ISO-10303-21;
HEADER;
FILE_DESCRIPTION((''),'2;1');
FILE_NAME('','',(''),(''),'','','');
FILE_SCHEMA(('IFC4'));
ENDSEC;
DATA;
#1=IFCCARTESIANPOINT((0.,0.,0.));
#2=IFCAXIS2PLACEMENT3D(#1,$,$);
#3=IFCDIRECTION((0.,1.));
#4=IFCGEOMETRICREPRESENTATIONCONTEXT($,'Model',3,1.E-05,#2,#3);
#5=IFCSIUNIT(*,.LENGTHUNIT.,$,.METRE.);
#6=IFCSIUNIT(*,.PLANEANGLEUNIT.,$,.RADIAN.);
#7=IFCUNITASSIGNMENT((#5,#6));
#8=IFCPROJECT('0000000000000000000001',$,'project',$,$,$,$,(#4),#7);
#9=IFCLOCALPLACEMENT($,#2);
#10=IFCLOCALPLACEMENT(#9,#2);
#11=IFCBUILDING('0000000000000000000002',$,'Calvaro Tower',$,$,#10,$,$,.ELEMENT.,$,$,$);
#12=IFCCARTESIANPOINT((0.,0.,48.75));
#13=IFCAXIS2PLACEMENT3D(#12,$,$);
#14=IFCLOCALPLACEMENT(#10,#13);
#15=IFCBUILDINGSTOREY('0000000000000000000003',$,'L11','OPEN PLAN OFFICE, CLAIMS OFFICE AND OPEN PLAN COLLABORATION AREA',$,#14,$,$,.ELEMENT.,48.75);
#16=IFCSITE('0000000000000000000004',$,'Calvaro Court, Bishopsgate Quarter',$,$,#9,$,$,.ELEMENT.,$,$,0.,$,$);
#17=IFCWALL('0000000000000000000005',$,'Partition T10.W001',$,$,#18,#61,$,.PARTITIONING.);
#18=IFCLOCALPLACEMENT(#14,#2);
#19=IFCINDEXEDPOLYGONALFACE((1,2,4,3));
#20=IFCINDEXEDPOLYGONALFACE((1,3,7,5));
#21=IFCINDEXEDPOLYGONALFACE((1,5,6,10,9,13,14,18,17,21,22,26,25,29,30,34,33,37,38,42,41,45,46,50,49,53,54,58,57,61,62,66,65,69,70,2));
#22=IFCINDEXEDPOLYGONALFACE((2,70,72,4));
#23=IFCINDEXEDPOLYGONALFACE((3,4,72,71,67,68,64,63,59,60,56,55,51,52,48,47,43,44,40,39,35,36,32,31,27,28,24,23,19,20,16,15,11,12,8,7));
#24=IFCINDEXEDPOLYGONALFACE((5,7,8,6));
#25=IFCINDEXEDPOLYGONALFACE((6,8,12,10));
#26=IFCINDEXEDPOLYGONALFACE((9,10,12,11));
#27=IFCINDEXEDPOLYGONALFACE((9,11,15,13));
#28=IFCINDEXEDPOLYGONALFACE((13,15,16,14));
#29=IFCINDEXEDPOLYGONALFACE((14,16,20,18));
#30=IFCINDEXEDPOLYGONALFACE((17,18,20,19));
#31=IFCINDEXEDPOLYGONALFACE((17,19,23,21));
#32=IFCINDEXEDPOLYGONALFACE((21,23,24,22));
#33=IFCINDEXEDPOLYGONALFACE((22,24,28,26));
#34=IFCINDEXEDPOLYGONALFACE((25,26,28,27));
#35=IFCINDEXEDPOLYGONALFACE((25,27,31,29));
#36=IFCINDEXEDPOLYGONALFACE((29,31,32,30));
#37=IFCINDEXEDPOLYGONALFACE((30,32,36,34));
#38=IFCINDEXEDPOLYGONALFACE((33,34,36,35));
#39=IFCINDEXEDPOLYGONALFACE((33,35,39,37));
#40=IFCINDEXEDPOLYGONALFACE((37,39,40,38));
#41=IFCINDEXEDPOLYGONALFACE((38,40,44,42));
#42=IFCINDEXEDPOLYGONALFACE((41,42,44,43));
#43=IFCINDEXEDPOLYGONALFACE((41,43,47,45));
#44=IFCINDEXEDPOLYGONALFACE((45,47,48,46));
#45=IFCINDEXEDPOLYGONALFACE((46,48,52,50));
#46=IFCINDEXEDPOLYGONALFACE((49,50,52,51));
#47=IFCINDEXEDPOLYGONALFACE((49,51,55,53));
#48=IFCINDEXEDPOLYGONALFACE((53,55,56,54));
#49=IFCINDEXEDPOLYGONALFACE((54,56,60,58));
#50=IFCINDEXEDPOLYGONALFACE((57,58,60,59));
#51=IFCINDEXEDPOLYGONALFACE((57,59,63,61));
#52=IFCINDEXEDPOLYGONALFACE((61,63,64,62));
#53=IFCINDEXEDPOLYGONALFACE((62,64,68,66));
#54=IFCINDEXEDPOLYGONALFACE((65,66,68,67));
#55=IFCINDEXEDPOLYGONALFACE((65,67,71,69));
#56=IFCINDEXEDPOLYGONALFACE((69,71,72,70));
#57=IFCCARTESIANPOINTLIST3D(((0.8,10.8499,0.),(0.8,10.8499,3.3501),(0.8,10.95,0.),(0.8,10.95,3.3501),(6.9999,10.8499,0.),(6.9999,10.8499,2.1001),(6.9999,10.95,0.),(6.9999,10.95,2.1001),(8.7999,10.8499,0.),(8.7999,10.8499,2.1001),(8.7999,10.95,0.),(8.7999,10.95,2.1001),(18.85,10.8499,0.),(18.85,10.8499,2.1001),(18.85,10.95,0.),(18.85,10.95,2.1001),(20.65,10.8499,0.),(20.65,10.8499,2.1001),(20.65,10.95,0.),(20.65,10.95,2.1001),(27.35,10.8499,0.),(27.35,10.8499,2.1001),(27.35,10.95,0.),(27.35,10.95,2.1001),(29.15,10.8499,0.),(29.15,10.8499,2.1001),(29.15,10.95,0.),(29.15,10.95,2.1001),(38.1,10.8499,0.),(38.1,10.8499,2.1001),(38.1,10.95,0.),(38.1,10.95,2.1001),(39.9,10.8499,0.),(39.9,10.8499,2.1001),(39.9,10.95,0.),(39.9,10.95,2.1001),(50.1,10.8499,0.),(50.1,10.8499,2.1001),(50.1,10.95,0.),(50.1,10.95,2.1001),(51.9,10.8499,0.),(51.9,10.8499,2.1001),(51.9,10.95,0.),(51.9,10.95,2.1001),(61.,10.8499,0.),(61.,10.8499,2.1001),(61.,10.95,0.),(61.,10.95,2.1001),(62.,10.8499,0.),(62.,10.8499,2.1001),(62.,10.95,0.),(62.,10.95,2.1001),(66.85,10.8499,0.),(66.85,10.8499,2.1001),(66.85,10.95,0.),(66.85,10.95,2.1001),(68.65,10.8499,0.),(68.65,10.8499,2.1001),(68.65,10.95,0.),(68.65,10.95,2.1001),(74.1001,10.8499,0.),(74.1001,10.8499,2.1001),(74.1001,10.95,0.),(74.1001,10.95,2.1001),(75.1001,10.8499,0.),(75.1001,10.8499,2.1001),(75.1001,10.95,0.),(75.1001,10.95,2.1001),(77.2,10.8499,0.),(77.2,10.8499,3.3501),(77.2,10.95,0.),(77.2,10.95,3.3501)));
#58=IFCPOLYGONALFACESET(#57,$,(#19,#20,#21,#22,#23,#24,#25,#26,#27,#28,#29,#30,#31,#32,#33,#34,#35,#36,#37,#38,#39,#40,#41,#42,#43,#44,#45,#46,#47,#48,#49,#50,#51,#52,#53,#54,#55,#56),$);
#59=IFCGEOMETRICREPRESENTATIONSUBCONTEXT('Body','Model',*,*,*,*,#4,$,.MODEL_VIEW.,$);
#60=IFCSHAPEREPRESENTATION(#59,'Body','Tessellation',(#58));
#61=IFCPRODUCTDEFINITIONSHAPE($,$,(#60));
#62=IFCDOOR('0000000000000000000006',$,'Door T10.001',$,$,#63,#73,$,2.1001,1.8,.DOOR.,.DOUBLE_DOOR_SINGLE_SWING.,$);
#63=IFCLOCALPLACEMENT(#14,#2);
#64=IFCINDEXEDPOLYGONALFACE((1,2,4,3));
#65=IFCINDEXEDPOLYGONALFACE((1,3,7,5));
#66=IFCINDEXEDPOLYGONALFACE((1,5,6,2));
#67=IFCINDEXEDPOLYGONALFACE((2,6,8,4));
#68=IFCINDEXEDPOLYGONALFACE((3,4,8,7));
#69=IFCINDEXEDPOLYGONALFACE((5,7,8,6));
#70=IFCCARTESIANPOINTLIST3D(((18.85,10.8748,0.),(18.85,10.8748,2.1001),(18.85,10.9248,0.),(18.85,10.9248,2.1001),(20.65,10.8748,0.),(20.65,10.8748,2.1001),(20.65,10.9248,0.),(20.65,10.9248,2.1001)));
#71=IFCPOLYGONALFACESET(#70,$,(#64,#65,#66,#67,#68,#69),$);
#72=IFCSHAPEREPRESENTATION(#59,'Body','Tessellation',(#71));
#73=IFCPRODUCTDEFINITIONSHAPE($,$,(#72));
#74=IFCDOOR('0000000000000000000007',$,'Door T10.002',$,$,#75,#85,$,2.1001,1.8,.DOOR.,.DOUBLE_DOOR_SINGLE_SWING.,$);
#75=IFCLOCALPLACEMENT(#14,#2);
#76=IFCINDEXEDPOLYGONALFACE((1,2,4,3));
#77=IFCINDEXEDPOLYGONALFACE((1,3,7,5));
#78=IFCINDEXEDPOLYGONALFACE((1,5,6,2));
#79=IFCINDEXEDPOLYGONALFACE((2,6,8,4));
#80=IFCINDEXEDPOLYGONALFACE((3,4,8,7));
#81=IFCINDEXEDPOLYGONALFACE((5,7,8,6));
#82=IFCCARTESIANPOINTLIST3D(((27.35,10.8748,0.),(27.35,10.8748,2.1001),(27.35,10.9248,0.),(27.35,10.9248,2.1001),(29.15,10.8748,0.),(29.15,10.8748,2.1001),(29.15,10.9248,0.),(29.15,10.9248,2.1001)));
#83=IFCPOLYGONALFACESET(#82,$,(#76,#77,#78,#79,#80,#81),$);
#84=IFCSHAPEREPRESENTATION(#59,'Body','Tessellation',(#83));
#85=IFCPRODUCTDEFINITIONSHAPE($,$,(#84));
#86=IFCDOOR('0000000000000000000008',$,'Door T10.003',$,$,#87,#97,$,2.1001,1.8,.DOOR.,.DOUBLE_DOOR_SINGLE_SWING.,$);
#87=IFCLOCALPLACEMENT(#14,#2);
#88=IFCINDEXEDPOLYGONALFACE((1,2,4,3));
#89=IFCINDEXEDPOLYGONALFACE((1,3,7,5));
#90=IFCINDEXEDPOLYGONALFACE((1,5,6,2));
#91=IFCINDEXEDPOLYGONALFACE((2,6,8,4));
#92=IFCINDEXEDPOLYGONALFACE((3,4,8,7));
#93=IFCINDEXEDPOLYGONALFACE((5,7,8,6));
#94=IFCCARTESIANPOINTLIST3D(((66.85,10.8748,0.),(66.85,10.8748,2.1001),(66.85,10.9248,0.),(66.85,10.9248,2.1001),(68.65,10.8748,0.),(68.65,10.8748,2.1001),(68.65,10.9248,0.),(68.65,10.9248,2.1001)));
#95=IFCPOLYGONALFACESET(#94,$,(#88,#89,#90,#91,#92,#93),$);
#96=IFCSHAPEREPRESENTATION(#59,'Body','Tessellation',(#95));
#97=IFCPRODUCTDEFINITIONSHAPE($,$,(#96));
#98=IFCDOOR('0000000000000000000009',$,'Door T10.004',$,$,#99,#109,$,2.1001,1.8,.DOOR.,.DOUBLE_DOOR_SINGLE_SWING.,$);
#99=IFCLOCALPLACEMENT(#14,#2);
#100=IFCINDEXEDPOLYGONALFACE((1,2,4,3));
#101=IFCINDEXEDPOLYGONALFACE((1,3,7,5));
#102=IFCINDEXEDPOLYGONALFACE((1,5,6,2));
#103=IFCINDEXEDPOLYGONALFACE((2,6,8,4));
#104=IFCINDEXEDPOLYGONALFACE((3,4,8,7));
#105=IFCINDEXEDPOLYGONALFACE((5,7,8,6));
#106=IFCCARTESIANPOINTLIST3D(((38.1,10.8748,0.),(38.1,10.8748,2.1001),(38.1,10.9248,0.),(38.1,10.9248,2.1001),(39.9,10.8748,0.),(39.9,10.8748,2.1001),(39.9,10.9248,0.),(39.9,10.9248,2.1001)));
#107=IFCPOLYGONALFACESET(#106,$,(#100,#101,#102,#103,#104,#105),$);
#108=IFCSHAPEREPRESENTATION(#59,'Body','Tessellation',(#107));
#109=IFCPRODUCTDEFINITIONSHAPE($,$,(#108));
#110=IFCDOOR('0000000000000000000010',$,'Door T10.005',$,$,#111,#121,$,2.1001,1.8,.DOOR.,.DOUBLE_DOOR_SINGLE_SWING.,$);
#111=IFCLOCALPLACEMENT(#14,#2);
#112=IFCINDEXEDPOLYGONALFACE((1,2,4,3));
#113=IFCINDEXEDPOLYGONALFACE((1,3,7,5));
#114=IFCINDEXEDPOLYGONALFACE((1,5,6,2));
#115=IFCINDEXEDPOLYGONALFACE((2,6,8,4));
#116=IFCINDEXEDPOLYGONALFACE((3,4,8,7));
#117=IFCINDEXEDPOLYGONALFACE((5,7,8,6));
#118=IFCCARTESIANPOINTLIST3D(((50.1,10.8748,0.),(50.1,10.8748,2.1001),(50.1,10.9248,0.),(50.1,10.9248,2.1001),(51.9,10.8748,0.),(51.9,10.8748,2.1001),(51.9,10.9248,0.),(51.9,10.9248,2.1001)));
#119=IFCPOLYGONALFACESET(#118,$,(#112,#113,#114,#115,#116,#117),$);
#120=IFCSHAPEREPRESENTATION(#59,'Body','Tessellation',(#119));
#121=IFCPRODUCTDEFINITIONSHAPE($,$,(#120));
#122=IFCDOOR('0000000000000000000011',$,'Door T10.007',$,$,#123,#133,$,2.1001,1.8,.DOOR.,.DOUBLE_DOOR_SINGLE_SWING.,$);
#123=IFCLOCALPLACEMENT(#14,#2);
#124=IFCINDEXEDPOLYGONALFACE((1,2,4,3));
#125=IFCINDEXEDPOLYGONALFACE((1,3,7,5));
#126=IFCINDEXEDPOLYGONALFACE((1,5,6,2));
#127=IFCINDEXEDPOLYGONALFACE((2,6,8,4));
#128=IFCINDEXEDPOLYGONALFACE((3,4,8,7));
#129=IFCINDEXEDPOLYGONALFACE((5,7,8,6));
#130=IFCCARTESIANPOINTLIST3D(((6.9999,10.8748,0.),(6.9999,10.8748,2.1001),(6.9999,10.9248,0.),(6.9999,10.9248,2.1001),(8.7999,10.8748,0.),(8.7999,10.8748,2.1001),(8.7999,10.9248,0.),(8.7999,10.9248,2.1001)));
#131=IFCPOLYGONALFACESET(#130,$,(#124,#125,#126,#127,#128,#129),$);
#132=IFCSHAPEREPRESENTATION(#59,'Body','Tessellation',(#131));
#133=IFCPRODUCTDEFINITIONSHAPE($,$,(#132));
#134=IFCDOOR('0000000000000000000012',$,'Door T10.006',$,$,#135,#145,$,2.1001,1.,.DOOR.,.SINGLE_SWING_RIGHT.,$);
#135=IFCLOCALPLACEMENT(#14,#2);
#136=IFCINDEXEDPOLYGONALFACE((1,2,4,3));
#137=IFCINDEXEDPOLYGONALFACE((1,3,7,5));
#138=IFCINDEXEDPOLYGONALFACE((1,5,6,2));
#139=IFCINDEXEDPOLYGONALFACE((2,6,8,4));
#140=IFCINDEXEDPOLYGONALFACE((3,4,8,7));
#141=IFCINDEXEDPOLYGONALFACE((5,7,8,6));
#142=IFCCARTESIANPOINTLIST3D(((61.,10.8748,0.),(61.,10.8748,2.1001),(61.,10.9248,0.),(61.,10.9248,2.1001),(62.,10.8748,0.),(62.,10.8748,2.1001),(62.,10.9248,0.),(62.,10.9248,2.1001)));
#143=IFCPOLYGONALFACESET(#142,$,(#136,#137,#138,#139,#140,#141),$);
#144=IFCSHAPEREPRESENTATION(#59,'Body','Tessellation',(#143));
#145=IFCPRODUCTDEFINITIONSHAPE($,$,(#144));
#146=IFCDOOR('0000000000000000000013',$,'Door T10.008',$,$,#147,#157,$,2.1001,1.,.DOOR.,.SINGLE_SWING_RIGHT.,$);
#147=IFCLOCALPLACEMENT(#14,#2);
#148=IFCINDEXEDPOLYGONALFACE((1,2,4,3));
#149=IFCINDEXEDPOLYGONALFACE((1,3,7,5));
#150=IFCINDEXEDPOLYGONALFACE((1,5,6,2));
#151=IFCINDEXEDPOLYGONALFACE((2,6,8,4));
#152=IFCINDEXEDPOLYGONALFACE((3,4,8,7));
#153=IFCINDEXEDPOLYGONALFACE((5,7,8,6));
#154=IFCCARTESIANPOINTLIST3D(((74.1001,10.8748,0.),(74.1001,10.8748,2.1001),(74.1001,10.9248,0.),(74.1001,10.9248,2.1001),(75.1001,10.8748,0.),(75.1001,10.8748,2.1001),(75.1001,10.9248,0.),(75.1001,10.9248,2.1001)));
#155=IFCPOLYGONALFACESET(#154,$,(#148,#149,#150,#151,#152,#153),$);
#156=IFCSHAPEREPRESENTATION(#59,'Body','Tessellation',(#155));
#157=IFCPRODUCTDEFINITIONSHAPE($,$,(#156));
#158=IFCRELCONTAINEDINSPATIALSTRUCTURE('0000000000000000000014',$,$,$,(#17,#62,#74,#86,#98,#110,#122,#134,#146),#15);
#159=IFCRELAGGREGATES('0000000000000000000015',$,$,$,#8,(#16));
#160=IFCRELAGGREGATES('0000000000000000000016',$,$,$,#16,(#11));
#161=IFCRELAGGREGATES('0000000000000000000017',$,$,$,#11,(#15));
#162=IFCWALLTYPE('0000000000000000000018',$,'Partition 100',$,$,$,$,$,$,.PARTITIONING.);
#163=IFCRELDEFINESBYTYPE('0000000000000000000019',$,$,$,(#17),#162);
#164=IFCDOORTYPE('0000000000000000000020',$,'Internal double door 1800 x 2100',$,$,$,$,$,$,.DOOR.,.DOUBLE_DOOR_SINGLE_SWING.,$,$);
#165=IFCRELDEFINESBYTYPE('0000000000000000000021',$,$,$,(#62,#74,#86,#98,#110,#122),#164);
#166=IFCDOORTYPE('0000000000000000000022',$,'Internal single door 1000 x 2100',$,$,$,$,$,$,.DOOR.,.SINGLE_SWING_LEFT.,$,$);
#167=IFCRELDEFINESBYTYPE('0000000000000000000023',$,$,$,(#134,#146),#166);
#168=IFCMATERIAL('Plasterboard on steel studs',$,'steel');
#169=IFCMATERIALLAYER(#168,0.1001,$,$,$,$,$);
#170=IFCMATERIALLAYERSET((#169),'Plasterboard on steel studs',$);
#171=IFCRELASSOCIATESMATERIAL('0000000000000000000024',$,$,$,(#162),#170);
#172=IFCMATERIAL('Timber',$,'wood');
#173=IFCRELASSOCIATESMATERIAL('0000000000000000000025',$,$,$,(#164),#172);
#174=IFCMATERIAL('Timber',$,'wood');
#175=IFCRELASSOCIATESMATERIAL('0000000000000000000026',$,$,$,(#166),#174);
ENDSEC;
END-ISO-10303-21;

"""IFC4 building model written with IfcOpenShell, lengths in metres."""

from ifc_helpers import new_model, si_unit, direction, frame, frame_2d, origin, place, context, subcontext, project, spatial, rectangle, extrude, material, layer, layer_set, type_object, element, fill, save


model = new_model("IFC4")

# Units and contexts
model_context = context("Model", 3, precision=1e-05, world=origin(), true_north=direction((0.0, 1.0)))
body_context = subcontext(model_context, "Body", "Model", "MODEL_VIEW")
ifc_project = project(units=[si_unit("LENGTHUNIT", "METRE"), si_unit("PLANEANGLEUNIT", "RADIAN")], contexts=[model_context])

# Site, building, storey
site_placement = place(None, origin())
site = spatial("IfcSite", under=ifc_project, at=site_placement, Name="Calvaro Court, Bishopsgate Quarter", CompositionType="ELEMENT", RefElevation=0.0)
building_placement = place(site_placement, origin())
building = spatial("IfcBuilding", under=site, at=building_placement, Name="Calvaro Tower", CompositionType="ELEMENT")
storey_placement = place(building_placement, frame((0.0, 0.0, 48.75)))
storey = spatial("IfcBuildingStorey", under=building, at=storey_placement, Name="L11", Description="OPEN PLAN OFFICE, CLAIMS OFFICE AND OPEN PLAN COLLABORATION AREA", CompositionType="ELEMENT", Elevation=48.75)

# Wall, openings, doors
ifc_material_1 = material(Name="Plasterboard on steel studs", Category="steel")
ifc_layer = layer(ifc_material_1, 0.1001)
ifc_layer_set = layer_set([ifc_layer], Name="Plasterboard on steel studs")
wall_type = type_object("IfcWallType", Name="Partition 100", PredefinedType="PARTITIONING", material=ifc_layer_set)
wall_1_placement = place(storey_placement, frame((0.8, 10.8999, 0.0), z_axis=(0.0, 0.0, 1.0), x_axis=(1.0, 0.0, 0.0)))
wall_1 = element("IfcWall", 1, at=wall_1_placement, inside=storey, type_object=wall_type, Name="Partition T10.W001", PredefinedType="PARTITIONING", context=body_context, shape_type="SweptSolid", body=[
    extrude(rectangle(XDim=76.3999, YDim=0.1001, at=frame_2d((38.2, 0.0))), origin(), (0.0, 0.0, 1.0), 3.3501),
])
opening_1_placement = place(wall_1_placement, frame((18.05, 0.0, 0.0)))
opening_1 = element("IfcOpeningElement", 2, at=opening_1_placement, cuts=wall_1, PredefinedType="OPENING", context=body_context, shape_type="SweptSolid", body=[
    extrude(rectangle(XDim=1.8, YDim=2.1001, at=frame_2d((0.8999, 1.05))), frame((0.0, 0.0601, 0.0), z_axis=(0.0, -1.0, 0.0), x_axis=(1.0, 0.0, 0.0)), (0.0, 0.0, 1.0), 0.1201),
])
opening_2_placement = place(wall_1_placement, frame((26.55, 0.0, 0.0)))
opening_2 = element("IfcOpeningElement", 3, at=opening_2_placement, cuts=wall_1, PredefinedType="OPENING", context=body_context, shape_type="SweptSolid", body=[
    extrude(rectangle(XDim=1.8, YDim=2.1001, at=frame_2d((0.8999, 1.05))), frame((0.0, 0.0601, 0.0), z_axis=(0.0, -1.0, 0.0), x_axis=(1.0, 0.0, 0.0)), (0.0, 0.0, 1.0), 0.1201),
])
opening_3_placement = place(wall_1_placement, frame((66.05, 0.0, 0.0)))
opening_3 = element("IfcOpeningElement", 4, at=opening_3_placement, cuts=wall_1, PredefinedType="OPENING", context=body_context, shape_type="SweptSolid", body=[
    extrude(rectangle(XDim=1.8, YDim=2.1001, at=frame_2d((0.8999, 1.05))), frame((0.0, 0.0601, 0.0), z_axis=(0.0, -1.0, 0.0), x_axis=(1.0, 0.0, 0.0)), (0.0, 0.0, 1.0), 0.1201),
])
opening_4_placement = place(wall_1_placement, frame((37.3, 0.0, 0.0)))
opening_4 = element("IfcOpeningElement", 5, at=opening_4_placement, cuts=wall_1, PredefinedType="OPENING", context=body_context, shape_type="SweptSolid", body=[
    extrude(rectangle(XDim=1.8, YDim=2.1001, at=frame_2d((0.8999, 1.05))), frame((0.0, 0.0601, 0.0), z_axis=(0.0, -1.0, 0.0), x_axis=(1.0, 0.0, 0.0)), (0.0, 0.0, 1.0), 0.1201),
])
opening_5_placement = place(wall_1_placement, frame((49.3, 0.0, 0.0)))
opening_5 = element("IfcOpeningElement", 6, at=opening_5_placement, cuts=wall_1, PredefinedType="OPENING", context=body_context, shape_type="SweptSolid", body=[
    extrude(rectangle(XDim=1.8, YDim=2.1001, at=frame_2d((0.8999, 1.05))), frame((0.0, 0.0601, 0.0), z_axis=(0.0, -1.0, 0.0), x_axis=(1.0, 0.0, 0.0)), (0.0, 0.0, 1.0), 0.1201),
])
opening_6_placement = place(wall_1_placement, frame((60.2, 0.0, 0.0)))
opening_6 = element("IfcOpeningElement", 7, at=opening_6_placement, cuts=wall_1, PredefinedType="OPENING", context=body_context, shape_type="SweptSolid", body=[
    extrude(rectangle(XDim=1.0, YDim=2.1001, at=frame_2d((0.5, 1.05))), frame((0.0, 0.0601, 0.0), z_axis=(0.0, -1.0, 0.0), x_axis=(1.0, 0.0, 0.0)), (0.0, 0.0, 1.0), 0.1201),
])
opening_7_placement = place(wall_1_placement, frame((6.2, 0.0, 0.0)))
opening_7 = element("IfcOpeningElement", 8, at=opening_7_placement, cuts=wall_1, PredefinedType="OPENING", context=body_context, shape_type="SweptSolid", body=[
    extrude(rectangle(XDim=1.8, YDim=2.1001, at=frame_2d((0.8999, 1.05))), frame((0.0, 0.0601, 0.0), z_axis=(0.0, -1.0, 0.0), x_axis=(1.0, 0.0, 0.0)), (0.0, 0.0, 1.0), 0.1201),
])
opening_8_placement = place(wall_1_placement, frame((73.3, 0.0, 0.0)))
opening_8 = element("IfcOpeningElement", 9, at=opening_8_placement, cuts=wall_1, PredefinedType="OPENING", context=body_context, shape_type="SweptSolid", body=[
    extrude(rectangle(XDim=1.0, YDim=2.1001, at=frame_2d((0.5, 1.05))), frame((0.0, 0.0601, 0.0), z_axis=(0.0, -1.0, 0.0), x_axis=(1.0, 0.0, 0.0)), (0.0, 0.0, 1.0), 0.1201),
])
ifc_material_2 = material(Name="Timber", Category="wood")
door_type_1 = type_object("IfcDoorType", Name="Internal double door 1800 x 2100", OperationType="DOUBLE_DOOR_SINGLE_SWING", PredefinedType="DOOR", material=ifc_material_2)
door_1_placement = place(opening_1_placement, origin())
door_1 = element("IfcDoor", 10, at=door_1_placement, inside=storey, type_object=door_type_1, Name="Door T10.001", OperationType="DOUBLE_DOOR_SINGLE_SWING", OverallHeight=2.1001, OverallWidth=1.8, PredefinedType="DOOR", context=body_context, shape_type="SweptSolid", body=[
    extrude(rectangle(XDim=1.8, YDim=2.1001, at=frame_2d((0.8999, 1.05))), frame((0.0, 0.0249, 0.0), z_axis=(0.0, -1.0, 0.0), x_axis=(1.0, 0.0, 0.0)), (0.0, 0.0, 1.0), 0.05),
])
fill(opening_1, door_1)
door_2_placement = place(opening_2_placement, origin())
door_2 = element("IfcDoor", 11, at=door_2_placement, inside=storey, type_object=door_type_1, Name="Door T10.002", OperationType="DOUBLE_DOOR_SINGLE_SWING", OverallHeight=2.1001, OverallWidth=1.8, PredefinedType="DOOR", context=body_context, shape_type="SweptSolid", body=[
    extrude(rectangle(XDim=1.8, YDim=2.1001, at=frame_2d((0.8999, 1.05))), frame((0.0, 0.0249, 0.0), z_axis=(0.0, -1.0, 0.0), x_axis=(1.0, 0.0, 0.0)), (0.0, 0.0, 1.0), 0.05),
])
fill(opening_2, door_2)
door_3_placement = place(opening_3_placement, origin())
door_3 = element("IfcDoor", 12, at=door_3_placement, inside=storey, type_object=door_type_1, Name="Door T10.003", OperationType="DOUBLE_DOOR_SINGLE_SWING", OverallHeight=2.1001, OverallWidth=1.8, PredefinedType="DOOR", context=body_context, shape_type="SweptSolid", body=[
    extrude(rectangle(XDim=1.8, YDim=2.1001, at=frame_2d((0.8999, 1.05))), frame((0.0, 0.0249, 0.0), z_axis=(0.0, -1.0, 0.0), x_axis=(1.0, 0.0, 0.0)), (0.0, 0.0, 1.0), 0.05),
])
fill(opening_3, door_3)
door_4_placement = place(opening_4_placement, origin())
door_4 = element("IfcDoor", 13, at=door_4_placement, inside=storey, type_object=door_type_1, Name="Door T10.004", OperationType="DOUBLE_DOOR_SINGLE_SWING", OverallHeight=2.1001, OverallWidth=1.8, PredefinedType="DOOR", context=body_context, shape_type="SweptSolid", body=[
    extrude(rectangle(XDim=1.8, YDim=2.1001, at=frame_2d((0.8999, 1.05))), frame((0.0, 0.0249, 0.0), z_axis=(0.0, -1.0, 0.0), x_axis=(1.0, 0.0, 0.0)), (0.0, 0.0, 1.0), 0.05),
])
fill(opening_4, door_4)
door_5_placement = place(opening_5_placement, origin())
door_5 = element("IfcDoor", 14, at=door_5_placement, inside=storey, type_object=door_type_1, Name="Door T10.005", OperationType="DOUBLE_DOOR_SINGLE_SWING", OverallHeight=2.1001, OverallWidth=1.8, PredefinedType="DOOR", context=body_context, shape_type="SweptSolid", body=[
    extrude(rectangle(XDim=1.8, YDim=2.1001, at=frame_2d((0.8999, 1.05))), frame((0.0, 0.0249, 0.0), z_axis=(0.0, -1.0, 0.0), x_axis=(1.0, 0.0, 0.0)), (0.0, 0.0, 1.0), 0.05),
])
fill(opening_5, door_5)
door_6_placement = place(opening_7_placement, origin())
door_6 = element("IfcDoor", 15, at=door_6_placement, inside=storey, type_object=door_type_1, Name="Door T10.007", OperationType="DOUBLE_DOOR_SINGLE_SWING", OverallHeight=2.1001, OverallWidth=1.8, PredefinedType="DOOR", context=body_context, shape_type="SweptSolid", body=[
    extrude(rectangle(XDim=1.8, YDim=2.1001, at=frame_2d((0.8999, 1.05))), frame((0.0, 0.0249, 0.0), z_axis=(0.0, -1.0, 0.0), x_axis=(1.0, 0.0, 0.0)), (0.0, 0.0, 1.0), 0.05),
])
fill(opening_7, door_6)
ifc_material_3 = material(Name="Timber", Category="wood")
door_type_2 = type_object("IfcDoorType", Name="Internal single door 1000 x 2100", OperationType="SINGLE_SWING_LEFT", PredefinedType="DOOR", material=ifc_material_3)
door_7_placement = place(opening_6_placement, origin())
door_7 = element("IfcDoor", 16, at=door_7_placement, inside=storey, type_object=door_type_2, Name="Door T10.006", OperationType="SINGLE_SWING_RIGHT", OverallHeight=2.1001, OverallWidth=1.0, PredefinedType="DOOR", context=body_context, shape_type="SweptSolid", body=[
    extrude(rectangle(XDim=1.0, YDim=2.1001, at=frame_2d((0.5, 1.05))), frame((0.0, 0.0249, 0.0), z_axis=(0.0, -1.0, 0.0), x_axis=(1.0, 0.0, 0.0)), (0.0, 0.0, 1.0), 0.05),
])
fill(opening_6, door_7)
door_8_placement = place(opening_8_placement, origin())
door_8 = element("IfcDoor", 17, at=door_8_placement, inside=storey, type_object=door_type_2, Name="Door T10.008", OperationType="SINGLE_SWING_RIGHT", OverallHeight=2.1001, OverallWidth=1.0, PredefinedType="DOOR", context=body_context, shape_type="SweptSolid", body=[
    extrude(rectangle(XDim=1.0, YDim=2.1001, at=frame_2d((0.5, 1.05))), frame((0.0, 0.0249, 0.0), z_axis=(0.0, -1.0, 0.0), x_axis=(1.0, 0.0, 0.0)), (0.0, 0.0, 1.0), 0.05),
])
fill(opening_8, door_8)

save(model, "model.ifc")
